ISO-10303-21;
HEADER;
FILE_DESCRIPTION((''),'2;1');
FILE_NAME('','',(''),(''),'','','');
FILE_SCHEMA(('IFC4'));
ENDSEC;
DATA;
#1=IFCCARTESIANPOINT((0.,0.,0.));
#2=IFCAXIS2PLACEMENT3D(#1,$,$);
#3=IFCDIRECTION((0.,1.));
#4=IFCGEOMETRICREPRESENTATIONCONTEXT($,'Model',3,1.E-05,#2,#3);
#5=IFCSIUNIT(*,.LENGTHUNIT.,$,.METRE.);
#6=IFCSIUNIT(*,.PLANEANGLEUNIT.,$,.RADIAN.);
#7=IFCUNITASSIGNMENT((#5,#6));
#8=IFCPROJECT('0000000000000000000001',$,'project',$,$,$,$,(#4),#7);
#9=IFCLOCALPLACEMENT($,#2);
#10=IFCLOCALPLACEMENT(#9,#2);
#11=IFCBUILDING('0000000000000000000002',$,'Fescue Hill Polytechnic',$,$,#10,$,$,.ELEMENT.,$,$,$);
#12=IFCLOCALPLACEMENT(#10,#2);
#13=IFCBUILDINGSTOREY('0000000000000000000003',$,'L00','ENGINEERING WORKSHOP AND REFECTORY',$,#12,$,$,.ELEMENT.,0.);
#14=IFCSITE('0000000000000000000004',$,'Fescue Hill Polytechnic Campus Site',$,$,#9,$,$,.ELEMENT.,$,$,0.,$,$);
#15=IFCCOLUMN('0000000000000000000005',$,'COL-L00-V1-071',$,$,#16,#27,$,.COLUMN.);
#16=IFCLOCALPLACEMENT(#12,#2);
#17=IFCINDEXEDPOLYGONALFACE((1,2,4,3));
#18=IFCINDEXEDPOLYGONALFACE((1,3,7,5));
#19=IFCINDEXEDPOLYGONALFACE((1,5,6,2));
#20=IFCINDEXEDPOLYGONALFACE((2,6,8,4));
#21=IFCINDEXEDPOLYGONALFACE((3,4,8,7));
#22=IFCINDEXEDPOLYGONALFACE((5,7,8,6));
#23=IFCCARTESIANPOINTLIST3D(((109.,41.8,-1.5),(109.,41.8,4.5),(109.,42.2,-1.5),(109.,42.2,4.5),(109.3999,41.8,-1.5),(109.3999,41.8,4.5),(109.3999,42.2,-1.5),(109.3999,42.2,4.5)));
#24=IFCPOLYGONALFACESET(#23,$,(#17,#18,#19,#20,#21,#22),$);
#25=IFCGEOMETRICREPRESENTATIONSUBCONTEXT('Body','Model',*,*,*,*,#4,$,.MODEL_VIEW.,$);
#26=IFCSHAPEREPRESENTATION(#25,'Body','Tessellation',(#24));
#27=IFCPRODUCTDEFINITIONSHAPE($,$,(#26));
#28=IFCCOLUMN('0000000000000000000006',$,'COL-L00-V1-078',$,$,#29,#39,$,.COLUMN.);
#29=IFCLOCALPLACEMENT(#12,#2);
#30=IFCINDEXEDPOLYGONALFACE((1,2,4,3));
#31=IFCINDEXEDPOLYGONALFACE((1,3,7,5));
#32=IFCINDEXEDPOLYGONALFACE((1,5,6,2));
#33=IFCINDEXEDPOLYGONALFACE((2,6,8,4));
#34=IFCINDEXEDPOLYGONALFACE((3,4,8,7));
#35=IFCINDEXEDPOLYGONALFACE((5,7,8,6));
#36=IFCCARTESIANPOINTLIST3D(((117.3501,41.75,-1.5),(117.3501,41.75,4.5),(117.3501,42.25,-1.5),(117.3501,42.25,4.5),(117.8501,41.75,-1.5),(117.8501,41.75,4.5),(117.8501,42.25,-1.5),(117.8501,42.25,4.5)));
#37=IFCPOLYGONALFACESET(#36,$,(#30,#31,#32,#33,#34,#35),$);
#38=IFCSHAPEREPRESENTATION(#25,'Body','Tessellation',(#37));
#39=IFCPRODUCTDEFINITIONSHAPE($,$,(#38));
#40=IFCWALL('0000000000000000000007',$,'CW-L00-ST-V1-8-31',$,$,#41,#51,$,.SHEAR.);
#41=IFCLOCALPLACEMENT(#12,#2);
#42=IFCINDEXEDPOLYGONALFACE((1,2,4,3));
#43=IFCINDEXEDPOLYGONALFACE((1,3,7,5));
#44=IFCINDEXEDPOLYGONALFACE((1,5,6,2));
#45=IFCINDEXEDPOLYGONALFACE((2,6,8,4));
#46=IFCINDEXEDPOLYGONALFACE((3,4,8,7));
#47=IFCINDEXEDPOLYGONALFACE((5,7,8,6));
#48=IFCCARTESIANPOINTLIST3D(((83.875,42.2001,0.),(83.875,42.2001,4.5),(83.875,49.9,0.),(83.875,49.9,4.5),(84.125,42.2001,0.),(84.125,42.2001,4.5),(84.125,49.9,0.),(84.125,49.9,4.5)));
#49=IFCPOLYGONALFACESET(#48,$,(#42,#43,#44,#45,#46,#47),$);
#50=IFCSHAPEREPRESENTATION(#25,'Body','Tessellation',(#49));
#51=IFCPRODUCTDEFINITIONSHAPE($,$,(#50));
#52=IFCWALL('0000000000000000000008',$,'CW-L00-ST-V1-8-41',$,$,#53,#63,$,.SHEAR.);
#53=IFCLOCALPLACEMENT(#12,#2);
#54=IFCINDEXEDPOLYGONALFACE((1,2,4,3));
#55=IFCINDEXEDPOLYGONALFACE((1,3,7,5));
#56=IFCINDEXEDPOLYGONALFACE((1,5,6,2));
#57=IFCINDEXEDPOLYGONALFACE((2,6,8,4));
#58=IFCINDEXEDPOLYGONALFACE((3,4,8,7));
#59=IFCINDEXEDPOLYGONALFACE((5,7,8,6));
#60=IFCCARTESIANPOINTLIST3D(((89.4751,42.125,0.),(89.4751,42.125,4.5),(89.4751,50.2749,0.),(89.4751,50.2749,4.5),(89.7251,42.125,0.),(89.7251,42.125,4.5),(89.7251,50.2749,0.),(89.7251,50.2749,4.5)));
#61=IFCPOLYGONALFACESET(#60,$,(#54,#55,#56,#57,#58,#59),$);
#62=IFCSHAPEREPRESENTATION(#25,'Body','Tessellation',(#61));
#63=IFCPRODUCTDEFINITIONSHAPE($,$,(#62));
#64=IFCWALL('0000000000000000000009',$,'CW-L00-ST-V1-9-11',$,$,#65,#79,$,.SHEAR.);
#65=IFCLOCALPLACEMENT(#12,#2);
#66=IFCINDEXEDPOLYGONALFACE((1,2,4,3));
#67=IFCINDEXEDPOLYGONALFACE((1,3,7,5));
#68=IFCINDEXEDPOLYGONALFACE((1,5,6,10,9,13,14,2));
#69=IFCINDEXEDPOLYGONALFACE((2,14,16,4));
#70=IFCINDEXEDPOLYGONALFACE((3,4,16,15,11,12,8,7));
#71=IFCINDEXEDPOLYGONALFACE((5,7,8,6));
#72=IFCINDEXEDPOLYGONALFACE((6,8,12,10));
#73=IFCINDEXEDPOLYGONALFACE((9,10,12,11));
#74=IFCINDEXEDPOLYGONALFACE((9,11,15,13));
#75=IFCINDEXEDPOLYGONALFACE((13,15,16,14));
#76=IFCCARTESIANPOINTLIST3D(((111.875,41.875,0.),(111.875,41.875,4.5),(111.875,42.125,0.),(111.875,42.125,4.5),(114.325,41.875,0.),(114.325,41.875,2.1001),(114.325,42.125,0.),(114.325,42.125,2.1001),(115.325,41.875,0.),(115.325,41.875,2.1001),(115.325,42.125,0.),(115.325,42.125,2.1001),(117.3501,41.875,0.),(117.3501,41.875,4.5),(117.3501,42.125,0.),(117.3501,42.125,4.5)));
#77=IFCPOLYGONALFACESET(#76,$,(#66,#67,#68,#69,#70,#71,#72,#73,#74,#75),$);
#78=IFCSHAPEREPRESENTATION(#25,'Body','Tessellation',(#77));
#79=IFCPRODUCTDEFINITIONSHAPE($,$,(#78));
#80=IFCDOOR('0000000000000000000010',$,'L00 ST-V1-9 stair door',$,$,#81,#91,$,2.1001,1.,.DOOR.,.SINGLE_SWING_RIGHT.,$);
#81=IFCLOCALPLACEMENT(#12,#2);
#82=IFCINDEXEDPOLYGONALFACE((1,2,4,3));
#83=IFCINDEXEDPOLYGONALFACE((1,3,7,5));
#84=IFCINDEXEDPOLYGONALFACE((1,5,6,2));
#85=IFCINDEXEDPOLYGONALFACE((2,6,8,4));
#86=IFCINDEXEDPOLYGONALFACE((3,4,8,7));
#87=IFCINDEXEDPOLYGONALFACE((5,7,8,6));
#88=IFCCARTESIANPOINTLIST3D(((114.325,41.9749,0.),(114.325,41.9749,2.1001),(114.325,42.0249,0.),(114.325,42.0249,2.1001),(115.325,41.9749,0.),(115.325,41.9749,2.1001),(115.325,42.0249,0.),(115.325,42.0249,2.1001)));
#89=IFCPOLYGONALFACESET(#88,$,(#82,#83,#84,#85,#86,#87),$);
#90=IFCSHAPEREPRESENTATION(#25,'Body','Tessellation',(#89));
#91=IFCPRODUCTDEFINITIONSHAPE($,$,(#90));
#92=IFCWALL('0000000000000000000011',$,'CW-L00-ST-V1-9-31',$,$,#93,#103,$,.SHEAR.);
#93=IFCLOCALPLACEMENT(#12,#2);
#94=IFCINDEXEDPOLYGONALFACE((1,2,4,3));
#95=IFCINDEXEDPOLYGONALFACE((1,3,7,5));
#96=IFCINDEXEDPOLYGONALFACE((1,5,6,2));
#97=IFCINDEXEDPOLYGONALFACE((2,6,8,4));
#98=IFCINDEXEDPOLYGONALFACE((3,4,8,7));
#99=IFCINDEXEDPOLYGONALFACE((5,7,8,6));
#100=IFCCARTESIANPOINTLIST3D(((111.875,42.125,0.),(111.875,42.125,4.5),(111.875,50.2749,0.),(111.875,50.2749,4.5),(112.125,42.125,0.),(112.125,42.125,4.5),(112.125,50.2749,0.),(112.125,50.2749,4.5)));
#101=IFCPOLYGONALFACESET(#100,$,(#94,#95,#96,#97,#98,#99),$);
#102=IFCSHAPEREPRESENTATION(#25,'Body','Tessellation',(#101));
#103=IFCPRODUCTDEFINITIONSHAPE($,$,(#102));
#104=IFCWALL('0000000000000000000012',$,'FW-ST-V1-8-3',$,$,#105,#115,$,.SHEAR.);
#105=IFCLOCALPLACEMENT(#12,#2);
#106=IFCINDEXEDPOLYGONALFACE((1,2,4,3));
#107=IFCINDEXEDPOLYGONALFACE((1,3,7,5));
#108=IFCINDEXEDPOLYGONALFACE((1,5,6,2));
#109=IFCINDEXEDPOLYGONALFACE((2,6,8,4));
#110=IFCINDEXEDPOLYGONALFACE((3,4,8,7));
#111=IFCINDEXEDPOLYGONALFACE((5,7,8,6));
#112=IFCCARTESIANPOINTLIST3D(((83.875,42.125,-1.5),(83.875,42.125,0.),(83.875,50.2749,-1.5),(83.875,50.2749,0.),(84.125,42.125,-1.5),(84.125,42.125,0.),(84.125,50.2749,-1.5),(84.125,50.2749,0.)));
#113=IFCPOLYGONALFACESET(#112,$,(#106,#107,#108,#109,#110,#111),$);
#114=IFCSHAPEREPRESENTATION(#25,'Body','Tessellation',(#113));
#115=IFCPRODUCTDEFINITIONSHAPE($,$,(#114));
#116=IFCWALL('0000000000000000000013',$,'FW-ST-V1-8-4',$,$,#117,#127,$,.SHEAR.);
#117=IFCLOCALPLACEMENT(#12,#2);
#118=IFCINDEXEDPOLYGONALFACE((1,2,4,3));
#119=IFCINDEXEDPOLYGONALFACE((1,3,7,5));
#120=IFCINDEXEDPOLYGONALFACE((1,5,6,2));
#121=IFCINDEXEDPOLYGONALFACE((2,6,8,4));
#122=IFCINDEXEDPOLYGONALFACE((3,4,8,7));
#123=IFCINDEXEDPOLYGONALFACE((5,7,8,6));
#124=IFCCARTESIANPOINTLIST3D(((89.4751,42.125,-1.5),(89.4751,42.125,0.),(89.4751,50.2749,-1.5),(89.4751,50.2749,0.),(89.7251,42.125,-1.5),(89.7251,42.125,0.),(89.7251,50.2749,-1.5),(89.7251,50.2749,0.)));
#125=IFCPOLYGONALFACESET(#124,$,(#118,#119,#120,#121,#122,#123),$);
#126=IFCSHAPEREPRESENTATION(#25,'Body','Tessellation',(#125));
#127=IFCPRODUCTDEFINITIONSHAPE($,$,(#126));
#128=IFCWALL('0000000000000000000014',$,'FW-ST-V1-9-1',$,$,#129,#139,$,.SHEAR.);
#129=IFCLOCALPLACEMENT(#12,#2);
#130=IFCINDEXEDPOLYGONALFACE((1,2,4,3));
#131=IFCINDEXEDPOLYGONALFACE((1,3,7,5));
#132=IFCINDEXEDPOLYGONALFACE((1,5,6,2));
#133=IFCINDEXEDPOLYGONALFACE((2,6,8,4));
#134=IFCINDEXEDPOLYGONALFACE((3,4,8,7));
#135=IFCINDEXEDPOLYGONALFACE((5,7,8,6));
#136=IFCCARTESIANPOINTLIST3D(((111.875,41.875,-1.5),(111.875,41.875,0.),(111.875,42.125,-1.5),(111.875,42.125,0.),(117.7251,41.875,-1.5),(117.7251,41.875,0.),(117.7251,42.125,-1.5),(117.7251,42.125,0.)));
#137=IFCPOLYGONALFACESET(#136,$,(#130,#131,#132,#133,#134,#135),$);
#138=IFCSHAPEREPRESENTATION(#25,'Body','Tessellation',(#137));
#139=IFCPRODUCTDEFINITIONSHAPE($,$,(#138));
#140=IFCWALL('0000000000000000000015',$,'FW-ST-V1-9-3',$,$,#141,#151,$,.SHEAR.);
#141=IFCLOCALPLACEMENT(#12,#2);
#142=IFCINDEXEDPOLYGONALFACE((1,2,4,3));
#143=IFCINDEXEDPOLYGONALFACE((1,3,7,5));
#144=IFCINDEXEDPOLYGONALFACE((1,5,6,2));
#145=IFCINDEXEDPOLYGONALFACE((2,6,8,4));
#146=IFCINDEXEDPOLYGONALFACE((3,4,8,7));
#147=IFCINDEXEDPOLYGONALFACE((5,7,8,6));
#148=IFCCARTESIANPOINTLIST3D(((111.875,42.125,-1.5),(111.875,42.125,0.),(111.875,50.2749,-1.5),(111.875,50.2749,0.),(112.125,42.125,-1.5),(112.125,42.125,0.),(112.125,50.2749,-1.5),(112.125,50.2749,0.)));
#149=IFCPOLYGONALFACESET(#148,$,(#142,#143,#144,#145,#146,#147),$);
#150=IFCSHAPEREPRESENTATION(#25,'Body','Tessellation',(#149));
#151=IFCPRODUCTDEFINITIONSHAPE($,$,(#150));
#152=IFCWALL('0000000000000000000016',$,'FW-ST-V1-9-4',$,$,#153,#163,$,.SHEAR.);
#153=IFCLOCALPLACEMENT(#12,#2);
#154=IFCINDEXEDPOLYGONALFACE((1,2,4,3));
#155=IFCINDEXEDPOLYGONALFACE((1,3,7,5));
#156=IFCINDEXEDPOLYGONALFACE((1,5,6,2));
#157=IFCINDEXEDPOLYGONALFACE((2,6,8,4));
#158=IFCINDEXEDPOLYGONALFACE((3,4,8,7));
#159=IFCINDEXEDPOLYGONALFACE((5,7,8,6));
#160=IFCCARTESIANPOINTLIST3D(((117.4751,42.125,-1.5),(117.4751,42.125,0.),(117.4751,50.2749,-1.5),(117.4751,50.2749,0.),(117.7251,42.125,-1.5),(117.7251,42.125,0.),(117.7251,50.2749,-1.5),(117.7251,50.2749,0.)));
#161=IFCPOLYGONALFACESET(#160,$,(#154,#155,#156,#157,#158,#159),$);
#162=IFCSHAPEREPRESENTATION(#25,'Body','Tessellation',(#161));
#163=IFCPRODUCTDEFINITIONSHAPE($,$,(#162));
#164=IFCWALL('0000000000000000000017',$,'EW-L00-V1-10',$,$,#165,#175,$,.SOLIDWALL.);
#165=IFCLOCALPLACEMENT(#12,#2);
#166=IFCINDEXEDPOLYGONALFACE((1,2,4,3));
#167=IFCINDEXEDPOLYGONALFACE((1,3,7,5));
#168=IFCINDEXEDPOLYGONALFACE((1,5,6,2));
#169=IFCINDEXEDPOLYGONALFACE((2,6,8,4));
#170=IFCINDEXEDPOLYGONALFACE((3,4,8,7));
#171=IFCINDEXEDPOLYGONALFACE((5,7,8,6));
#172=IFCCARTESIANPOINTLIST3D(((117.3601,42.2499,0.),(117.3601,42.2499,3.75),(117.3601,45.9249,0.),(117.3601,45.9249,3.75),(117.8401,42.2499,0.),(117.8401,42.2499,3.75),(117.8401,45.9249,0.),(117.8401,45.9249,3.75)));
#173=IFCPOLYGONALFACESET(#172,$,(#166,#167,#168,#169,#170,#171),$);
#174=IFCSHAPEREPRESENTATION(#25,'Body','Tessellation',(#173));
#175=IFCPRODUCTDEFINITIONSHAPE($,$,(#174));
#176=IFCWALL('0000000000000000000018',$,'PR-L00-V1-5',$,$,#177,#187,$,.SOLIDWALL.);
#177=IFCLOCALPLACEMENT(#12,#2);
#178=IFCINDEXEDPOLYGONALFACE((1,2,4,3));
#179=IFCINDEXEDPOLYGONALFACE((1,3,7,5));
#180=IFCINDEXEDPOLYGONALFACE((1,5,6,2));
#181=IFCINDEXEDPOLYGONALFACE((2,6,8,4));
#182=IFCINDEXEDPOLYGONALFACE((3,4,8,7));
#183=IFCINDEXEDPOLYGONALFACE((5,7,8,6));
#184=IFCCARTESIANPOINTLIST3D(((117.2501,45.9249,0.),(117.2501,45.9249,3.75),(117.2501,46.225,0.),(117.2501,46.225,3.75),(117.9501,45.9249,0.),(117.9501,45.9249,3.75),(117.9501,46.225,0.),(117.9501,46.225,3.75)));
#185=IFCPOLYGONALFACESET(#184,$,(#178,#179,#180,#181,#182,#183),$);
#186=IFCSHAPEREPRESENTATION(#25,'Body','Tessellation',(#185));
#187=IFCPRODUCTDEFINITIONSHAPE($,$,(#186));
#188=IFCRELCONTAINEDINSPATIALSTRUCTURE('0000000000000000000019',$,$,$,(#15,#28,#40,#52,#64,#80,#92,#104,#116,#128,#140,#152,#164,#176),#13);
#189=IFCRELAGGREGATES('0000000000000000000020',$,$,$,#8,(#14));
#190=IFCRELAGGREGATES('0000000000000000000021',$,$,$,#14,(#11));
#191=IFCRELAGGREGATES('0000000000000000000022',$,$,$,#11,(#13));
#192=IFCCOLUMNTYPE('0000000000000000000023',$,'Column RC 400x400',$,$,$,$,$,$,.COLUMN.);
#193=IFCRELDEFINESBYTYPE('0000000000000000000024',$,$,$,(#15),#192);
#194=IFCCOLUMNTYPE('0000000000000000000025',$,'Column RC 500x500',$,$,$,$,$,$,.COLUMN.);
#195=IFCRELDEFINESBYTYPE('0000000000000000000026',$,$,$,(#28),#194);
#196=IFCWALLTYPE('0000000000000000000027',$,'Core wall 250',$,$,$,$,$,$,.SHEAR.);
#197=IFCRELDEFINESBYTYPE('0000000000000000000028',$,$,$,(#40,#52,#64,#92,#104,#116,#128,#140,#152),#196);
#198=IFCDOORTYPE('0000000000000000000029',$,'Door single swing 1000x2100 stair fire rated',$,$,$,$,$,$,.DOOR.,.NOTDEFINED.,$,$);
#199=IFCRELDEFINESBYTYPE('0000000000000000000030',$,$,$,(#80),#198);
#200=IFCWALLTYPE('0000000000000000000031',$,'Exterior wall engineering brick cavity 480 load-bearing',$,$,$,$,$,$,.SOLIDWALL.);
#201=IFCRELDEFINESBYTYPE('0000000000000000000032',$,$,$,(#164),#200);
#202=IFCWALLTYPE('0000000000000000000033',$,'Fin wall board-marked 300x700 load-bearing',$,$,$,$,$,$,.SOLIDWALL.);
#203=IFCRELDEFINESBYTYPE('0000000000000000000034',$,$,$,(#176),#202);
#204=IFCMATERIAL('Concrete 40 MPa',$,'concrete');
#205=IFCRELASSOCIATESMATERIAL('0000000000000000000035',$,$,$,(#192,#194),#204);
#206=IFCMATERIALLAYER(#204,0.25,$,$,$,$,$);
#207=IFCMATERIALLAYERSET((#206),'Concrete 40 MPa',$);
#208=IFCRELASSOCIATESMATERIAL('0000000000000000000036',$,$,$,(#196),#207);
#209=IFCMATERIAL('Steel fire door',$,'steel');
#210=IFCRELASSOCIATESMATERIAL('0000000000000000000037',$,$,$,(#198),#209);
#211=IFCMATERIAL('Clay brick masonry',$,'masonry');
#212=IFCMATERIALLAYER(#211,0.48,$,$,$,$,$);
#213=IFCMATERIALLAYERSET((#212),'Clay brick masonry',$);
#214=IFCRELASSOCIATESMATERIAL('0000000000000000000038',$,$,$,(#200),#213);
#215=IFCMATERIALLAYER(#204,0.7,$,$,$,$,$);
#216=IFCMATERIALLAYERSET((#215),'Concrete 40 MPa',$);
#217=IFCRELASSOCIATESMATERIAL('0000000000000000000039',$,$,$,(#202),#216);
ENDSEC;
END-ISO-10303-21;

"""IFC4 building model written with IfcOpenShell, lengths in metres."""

from ifc_helpers import new_model, si_unit, direction, frame, frame_2d, origin, origin_2d, place, context, subcontext, project, spatial, rectangle, extrude, material, layer, layer_set, material_profile, profile_set, type_object, element, fill, save


model = new_model("IFC4")

# Units and contexts
model_context = context("Model", 3, precision=1e-05, world=origin(), true_north=direction((0.0, 1.0)))
body_context = subcontext(model_context, "Body", "Model", "MODEL_VIEW")
ifc_project = project(units=[si_unit("LENGTHUNIT", "METRE"), si_unit("PLANEANGLEUNIT", "RADIAN")], contexts=[model_context])

# Site, building, storey
site_placement = place(None, origin())
site = spatial("IfcSite", under=ifc_project, at=site_placement, Name="Fescue Hill Polytechnic Campus Site", CompositionType="ELEMENT", RefElevation=0.0)
building_placement = place(site_placement, origin())
building = spatial("IfcBuilding", under=site, at=building_placement, Name="Fescue Hill Polytechnic", CompositionType="ELEMENT")
storey_placement = place(building_placement, origin())
storey = spatial("IfcBuildingStorey", under=building, at=storey_placement, Name="L00", Description="ENGINEERING WORKSHOP AND REFECTORY", CompositionType="ELEMENT", Elevation=0.0)

# Columns
ifc_material_1 = material(Name="Concrete 40 MPa", Category="concrete")
ifc_material_profile_1 = material_profile(ifc_material_1, rectangle(XDim=0.3999, YDim=0.3999, at=origin_2d()), Name="RC 400x400")
ifc_profile_set_1 = profile_set([ifc_material_profile_1], Name="Concrete 40 MPa")
column_type_1 = type_object("IfcColumnType", Name="Column RC 400x400", PredefinedType="COLUMN", material=ifc_profile_set_1)
column_1_placement = place(storey_placement, frame((109.2, 42.0, -1.5), z_axis=(0.0, 0.0, 1.0), x_axis=(1.0, 0.0, 0.0)))
element("IfcColumn", 1, at=column_1_placement, inside=storey, type_object=column_type_1, Name="COL-L00-V1-071", PredefinedType="COLUMN", context=body_context, shape_type="SweptSolid", body=[
    extrude(rectangle(XDim=0.3999, YDim=0.3999, at=origin_2d()), origin(), (0.0, 0.0, 1.0), 6.0),
])
ifc_material_profile_2 = material_profile(ifc_material_1, rectangle(XDim=0.5, YDim=0.5, at=origin_2d()), Name="RC 500x500")
ifc_profile_set_2 = profile_set([ifc_material_profile_2], Name="Concrete 40 MPa")
column_type_2 = type_object("IfcColumnType", Name="Column RC 500x500", PredefinedType="COLUMN", material=ifc_profile_set_2)
column_2_placement = place(storey_placement, frame((117.6001, 42.0, -1.5), z_axis=(0.0, 0.0, 1.0), x_axis=(1.0, 0.0, 0.0)))
element("IfcColumn", 2, at=column_2_placement, inside=storey, type_object=column_type_2, Name="COL-L00-V1-078", PredefinedType="COLUMN", context=body_context, shape_type="SweptSolid", body=[
    extrude(rectangle(XDim=0.5, YDim=0.5, at=origin_2d()), origin(), (0.0, 0.0, 1.0), 6.0),
])

# Walls
ifc_layer_1 = layer(ifc_material_1, 0.25)
ifc_layer_set_1 = layer_set([ifc_layer_1], Name="Concrete 40 MPa")
wall_type_1 = type_object("IfcWallType", Name="Core wall 250", PredefinedType="SHEAR", material=ifc_layer_set_1)
wall_1_placement = place(storey_placement, frame((84.0, 42.2, 0.0), z_axis=(0.0, 0.0, 1.0), x_axis=(0.0, 1.0, 0.0)))
element("IfcWall", 3, at=wall_1_placement, inside=storey, type_object=wall_type_1, Name="CW-L00-ST-V1-8-31", PredefinedType="SHEAR", context=body_context, shape_type="SweptSolid", body=[
    extrude(rectangle(XDim=7.7, YDim=0.25, at=frame_2d((3.8501, 0.0))), origin(), (0.0, 0.0, 1.0), 4.5),
])
wall_2_placement = place(storey_placement, frame((89.6001, 42.125, 0.0), z_axis=(0.0, 0.0, 1.0), x_axis=(0.0, 1.0, 0.0)))
element("IfcWall", 4, at=wall_2_placement, inside=storey, type_object=wall_type_1, Name="CW-L00-ST-V1-8-41", PredefinedType="SHEAR", context=body_context, shape_type="SweptSolid", body=[
    extrude(rectangle(XDim=8.1499, YDim=0.25, at=frame_2d((4.075, 0.0))), origin(), (0.0, 0.0, 1.0), 4.5),
])

# Wall, opening, door
wall_3_placement = place(storey_placement, frame((111.875, 42.0, 0.0), z_axis=(0.0, 0.0, 1.0), x_axis=(1.0, 0.0, 0.0)))
wall_3 = element("IfcWall", 5, at=wall_3_placement, inside=storey, type_object=wall_type_1, Name="CW-L00-ST-V1-9-11", PredefinedType="SHEAR", context=body_context, shape_type="SweptSolid", body=[
    extrude(rectangle(XDim=5.4751, YDim=0.25, at=frame_2d((2.7375, 0.0))), origin(), (0.0, 0.0, 1.0), 4.5),
])
opening_1_placement = place(wall_3_placement, frame((2.45, 0.0, 0.0)))
opening_1 = element("IfcOpeningElement", 6, at=opening_1_placement, cuts=wall_3, PredefinedType="OPENING", context=body_context, shape_type="SweptSolid", body=[
    extrude(rectangle(XDim=1.0, YDim=2.1001, at=frame_2d((0.5, 1.05))), frame((0.0, 0.135, 0.0), z_axis=(0.0, -1.0, 0.0), x_axis=(1.0, 0.0, 0.0)), (0.0, 0.0, 1.0), 0.27),
])
ifc_material_2 = material(Name="Steel fire door", Category="steel")
door_type_1 = type_object("IfcDoorType", Name="Door single swing 1000x2100 stair fire rated", OperationType="NOTDEFINED", PredefinedType="DOOR", material=ifc_material_2)
door_1_placement = place(opening_1_placement, origin())
door_1 = element("IfcDoor", 7, at=door_1_placement, inside=storey, type_object=door_type_1, Name="L00 ST-V1-9 stair door", OperationType="SINGLE_SWING_RIGHT", OverallHeight=2.1001, OverallWidth=1.0, PredefinedType="DOOR", context=body_context, shape_type="SweptSolid", body=[
    extrude(rectangle(XDim=1.0, YDim=2.1001, at=frame_2d((0.5, 1.05))), frame((0.0, 0.0249, 0.0), z_axis=(0.0, -1.0, 0.0), x_axis=(1.0, 0.0, 0.0)), (0.0, 0.0, 1.0), 0.05),
])
fill(opening_1, door_1)

# Walls
wall_4_placement = place(storey_placement, frame((112.0, 42.125, 0.0), z_axis=(0.0, 0.0, 1.0), x_axis=(0.0, 1.0, 0.0)))
element("IfcWall", 8, at=wall_4_placement, inside=storey, type_object=wall_type_1, Name="CW-L00-ST-V1-9-31", PredefinedType="SHEAR", context=body_context, shape_type="SweptSolid", body=[
    extrude(rectangle(XDim=8.1499, YDim=0.25, at=frame_2d((4.075, 0.0))), origin(), (0.0, 0.0, 1.0), 4.5),
])
for number, where, z_axis, x_axis, name in (
    (9, (84.0, 42.125, -1.5), (0.0, 0.0, 1.0), (0.0, 1.0, 0.0), "FW-ST-V1-8-3"),
    (10, (89.6001, 42.125, -1.5), (0.0, 0.0, 1.0), (0.0, 1.0, 0.0), "FW-ST-V1-8-4"),
):
    element("IfcWall", number, at=place(storey_placement, frame(where, z_axis=z_axis, x_axis=x_axis)), inside=storey, type_object=wall_type_1, Name=name, PredefinedType="SHEAR", context=body_context, shape_type="SweptSolid", body=[
        extrude(rectangle(XDim=8.1499, YDim=0.25, at=frame_2d((4.075, 0.0))), origin(), (0.0, 0.0, 1.0), 1.5),
    ])
wall_5_placement = place(storey_placement, frame((111.875, 42.0, -1.5), z_axis=(0.0, 0.0, 1.0), x_axis=(1.0, 0.0, 0.0)))
element("IfcWall", 11, at=wall_5_placement, inside=storey, type_object=wall_type_1, Name="FW-ST-V1-9-1", PredefinedType="SHEAR", context=body_context, shape_type="SweptSolid", body=[
    extrude(rectangle(XDim=5.8501, YDim=0.25, at=frame_2d((2.925, 0.0))), origin(), (0.0, 0.0, 1.0), 1.5),
])
for number, where, z_axis, x_axis, name in (
    (12, (112.0, 42.125, -1.5), (0.0, 0.0, 1.0), (0.0, 1.0, 0.0), "FW-ST-V1-9-3"),
    (13, (117.6001, 42.125, -1.5), (0.0, 0.0, 1.0), (0.0, 1.0, 0.0), "FW-ST-V1-9-4"),
):
    element("IfcWall", number, at=place(storey_placement, frame(where, z_axis=z_axis, x_axis=x_axis)), inside=storey, type_object=wall_type_1, Name=name, PredefinedType="SHEAR", context=body_context, shape_type="SweptSolid", body=[
        extrude(rectangle(XDim=8.1499, YDim=0.25, at=frame_2d((4.075, 0.0))), origin(), (0.0, 0.0, 1.0), 1.5),
    ])
ifc_material_3 = material(Name="Clay brick masonry", Category="masonry")
ifc_layer_2 = layer(ifc_material_3, 0.48)
ifc_layer_set_2 = layer_set([ifc_layer_2], Name="Clay brick masonry")
wall_type_2 = type_object("IfcWallType", Name="Exterior wall engineering brick cavity 480 load-bearing", PredefinedType="SOLIDWALL", material=ifc_layer_set_2)
wall_6_placement = place(storey_placement, frame((117.6001, 42.25, 0.0), z_axis=(0.0, 0.0, 1.0), x_axis=(0.0, 1.0, 0.0)))
element("IfcWall", 14, at=wall_6_placement, inside=storey, type_object=wall_type_2, Name="EW-L00-V1-10", PredefinedType="SOLIDWALL", context=body_context, shape_type="SweptSolid", body=[
    extrude(rectangle(XDim=3.675, YDim=0.48, at=frame_2d((1.8374, 0.0))), origin(), (0.0, 0.0, 1.0), 3.75),
])
ifc_layer_3 = layer(ifc_material_1, 0.7)
ifc_layer_set_3 = layer_set([ifc_layer_3], Name="Concrete 40 MPa")
wall_type_3 = type_object("IfcWallType", Name="Fin wall board-marked 300x700 load-bearing", PredefinedType="SOLIDWALL", material=ifc_layer_set_3)
wall_7_placement = place(storey_placement, frame((117.6001, 45.925, 0.0), z_axis=(0.0, 0.0, 1.0), x_axis=(0.0, 1.0, 0.0)))
element("IfcWall", 15, at=wall_7_placement, inside=storey, type_object=wall_type_3, Name="PR-L00-V1-5", PredefinedType="SOLIDWALL", context=body_context, shape_type="SweptSolid", body=[
    extrude(rectangle(XDim=0.3, YDim=0.7, at=frame_2d((0.1499, 0.0))), origin(), (0.0, 0.0, 1.0), 3.75),
])

save(model, "model.ifc")
